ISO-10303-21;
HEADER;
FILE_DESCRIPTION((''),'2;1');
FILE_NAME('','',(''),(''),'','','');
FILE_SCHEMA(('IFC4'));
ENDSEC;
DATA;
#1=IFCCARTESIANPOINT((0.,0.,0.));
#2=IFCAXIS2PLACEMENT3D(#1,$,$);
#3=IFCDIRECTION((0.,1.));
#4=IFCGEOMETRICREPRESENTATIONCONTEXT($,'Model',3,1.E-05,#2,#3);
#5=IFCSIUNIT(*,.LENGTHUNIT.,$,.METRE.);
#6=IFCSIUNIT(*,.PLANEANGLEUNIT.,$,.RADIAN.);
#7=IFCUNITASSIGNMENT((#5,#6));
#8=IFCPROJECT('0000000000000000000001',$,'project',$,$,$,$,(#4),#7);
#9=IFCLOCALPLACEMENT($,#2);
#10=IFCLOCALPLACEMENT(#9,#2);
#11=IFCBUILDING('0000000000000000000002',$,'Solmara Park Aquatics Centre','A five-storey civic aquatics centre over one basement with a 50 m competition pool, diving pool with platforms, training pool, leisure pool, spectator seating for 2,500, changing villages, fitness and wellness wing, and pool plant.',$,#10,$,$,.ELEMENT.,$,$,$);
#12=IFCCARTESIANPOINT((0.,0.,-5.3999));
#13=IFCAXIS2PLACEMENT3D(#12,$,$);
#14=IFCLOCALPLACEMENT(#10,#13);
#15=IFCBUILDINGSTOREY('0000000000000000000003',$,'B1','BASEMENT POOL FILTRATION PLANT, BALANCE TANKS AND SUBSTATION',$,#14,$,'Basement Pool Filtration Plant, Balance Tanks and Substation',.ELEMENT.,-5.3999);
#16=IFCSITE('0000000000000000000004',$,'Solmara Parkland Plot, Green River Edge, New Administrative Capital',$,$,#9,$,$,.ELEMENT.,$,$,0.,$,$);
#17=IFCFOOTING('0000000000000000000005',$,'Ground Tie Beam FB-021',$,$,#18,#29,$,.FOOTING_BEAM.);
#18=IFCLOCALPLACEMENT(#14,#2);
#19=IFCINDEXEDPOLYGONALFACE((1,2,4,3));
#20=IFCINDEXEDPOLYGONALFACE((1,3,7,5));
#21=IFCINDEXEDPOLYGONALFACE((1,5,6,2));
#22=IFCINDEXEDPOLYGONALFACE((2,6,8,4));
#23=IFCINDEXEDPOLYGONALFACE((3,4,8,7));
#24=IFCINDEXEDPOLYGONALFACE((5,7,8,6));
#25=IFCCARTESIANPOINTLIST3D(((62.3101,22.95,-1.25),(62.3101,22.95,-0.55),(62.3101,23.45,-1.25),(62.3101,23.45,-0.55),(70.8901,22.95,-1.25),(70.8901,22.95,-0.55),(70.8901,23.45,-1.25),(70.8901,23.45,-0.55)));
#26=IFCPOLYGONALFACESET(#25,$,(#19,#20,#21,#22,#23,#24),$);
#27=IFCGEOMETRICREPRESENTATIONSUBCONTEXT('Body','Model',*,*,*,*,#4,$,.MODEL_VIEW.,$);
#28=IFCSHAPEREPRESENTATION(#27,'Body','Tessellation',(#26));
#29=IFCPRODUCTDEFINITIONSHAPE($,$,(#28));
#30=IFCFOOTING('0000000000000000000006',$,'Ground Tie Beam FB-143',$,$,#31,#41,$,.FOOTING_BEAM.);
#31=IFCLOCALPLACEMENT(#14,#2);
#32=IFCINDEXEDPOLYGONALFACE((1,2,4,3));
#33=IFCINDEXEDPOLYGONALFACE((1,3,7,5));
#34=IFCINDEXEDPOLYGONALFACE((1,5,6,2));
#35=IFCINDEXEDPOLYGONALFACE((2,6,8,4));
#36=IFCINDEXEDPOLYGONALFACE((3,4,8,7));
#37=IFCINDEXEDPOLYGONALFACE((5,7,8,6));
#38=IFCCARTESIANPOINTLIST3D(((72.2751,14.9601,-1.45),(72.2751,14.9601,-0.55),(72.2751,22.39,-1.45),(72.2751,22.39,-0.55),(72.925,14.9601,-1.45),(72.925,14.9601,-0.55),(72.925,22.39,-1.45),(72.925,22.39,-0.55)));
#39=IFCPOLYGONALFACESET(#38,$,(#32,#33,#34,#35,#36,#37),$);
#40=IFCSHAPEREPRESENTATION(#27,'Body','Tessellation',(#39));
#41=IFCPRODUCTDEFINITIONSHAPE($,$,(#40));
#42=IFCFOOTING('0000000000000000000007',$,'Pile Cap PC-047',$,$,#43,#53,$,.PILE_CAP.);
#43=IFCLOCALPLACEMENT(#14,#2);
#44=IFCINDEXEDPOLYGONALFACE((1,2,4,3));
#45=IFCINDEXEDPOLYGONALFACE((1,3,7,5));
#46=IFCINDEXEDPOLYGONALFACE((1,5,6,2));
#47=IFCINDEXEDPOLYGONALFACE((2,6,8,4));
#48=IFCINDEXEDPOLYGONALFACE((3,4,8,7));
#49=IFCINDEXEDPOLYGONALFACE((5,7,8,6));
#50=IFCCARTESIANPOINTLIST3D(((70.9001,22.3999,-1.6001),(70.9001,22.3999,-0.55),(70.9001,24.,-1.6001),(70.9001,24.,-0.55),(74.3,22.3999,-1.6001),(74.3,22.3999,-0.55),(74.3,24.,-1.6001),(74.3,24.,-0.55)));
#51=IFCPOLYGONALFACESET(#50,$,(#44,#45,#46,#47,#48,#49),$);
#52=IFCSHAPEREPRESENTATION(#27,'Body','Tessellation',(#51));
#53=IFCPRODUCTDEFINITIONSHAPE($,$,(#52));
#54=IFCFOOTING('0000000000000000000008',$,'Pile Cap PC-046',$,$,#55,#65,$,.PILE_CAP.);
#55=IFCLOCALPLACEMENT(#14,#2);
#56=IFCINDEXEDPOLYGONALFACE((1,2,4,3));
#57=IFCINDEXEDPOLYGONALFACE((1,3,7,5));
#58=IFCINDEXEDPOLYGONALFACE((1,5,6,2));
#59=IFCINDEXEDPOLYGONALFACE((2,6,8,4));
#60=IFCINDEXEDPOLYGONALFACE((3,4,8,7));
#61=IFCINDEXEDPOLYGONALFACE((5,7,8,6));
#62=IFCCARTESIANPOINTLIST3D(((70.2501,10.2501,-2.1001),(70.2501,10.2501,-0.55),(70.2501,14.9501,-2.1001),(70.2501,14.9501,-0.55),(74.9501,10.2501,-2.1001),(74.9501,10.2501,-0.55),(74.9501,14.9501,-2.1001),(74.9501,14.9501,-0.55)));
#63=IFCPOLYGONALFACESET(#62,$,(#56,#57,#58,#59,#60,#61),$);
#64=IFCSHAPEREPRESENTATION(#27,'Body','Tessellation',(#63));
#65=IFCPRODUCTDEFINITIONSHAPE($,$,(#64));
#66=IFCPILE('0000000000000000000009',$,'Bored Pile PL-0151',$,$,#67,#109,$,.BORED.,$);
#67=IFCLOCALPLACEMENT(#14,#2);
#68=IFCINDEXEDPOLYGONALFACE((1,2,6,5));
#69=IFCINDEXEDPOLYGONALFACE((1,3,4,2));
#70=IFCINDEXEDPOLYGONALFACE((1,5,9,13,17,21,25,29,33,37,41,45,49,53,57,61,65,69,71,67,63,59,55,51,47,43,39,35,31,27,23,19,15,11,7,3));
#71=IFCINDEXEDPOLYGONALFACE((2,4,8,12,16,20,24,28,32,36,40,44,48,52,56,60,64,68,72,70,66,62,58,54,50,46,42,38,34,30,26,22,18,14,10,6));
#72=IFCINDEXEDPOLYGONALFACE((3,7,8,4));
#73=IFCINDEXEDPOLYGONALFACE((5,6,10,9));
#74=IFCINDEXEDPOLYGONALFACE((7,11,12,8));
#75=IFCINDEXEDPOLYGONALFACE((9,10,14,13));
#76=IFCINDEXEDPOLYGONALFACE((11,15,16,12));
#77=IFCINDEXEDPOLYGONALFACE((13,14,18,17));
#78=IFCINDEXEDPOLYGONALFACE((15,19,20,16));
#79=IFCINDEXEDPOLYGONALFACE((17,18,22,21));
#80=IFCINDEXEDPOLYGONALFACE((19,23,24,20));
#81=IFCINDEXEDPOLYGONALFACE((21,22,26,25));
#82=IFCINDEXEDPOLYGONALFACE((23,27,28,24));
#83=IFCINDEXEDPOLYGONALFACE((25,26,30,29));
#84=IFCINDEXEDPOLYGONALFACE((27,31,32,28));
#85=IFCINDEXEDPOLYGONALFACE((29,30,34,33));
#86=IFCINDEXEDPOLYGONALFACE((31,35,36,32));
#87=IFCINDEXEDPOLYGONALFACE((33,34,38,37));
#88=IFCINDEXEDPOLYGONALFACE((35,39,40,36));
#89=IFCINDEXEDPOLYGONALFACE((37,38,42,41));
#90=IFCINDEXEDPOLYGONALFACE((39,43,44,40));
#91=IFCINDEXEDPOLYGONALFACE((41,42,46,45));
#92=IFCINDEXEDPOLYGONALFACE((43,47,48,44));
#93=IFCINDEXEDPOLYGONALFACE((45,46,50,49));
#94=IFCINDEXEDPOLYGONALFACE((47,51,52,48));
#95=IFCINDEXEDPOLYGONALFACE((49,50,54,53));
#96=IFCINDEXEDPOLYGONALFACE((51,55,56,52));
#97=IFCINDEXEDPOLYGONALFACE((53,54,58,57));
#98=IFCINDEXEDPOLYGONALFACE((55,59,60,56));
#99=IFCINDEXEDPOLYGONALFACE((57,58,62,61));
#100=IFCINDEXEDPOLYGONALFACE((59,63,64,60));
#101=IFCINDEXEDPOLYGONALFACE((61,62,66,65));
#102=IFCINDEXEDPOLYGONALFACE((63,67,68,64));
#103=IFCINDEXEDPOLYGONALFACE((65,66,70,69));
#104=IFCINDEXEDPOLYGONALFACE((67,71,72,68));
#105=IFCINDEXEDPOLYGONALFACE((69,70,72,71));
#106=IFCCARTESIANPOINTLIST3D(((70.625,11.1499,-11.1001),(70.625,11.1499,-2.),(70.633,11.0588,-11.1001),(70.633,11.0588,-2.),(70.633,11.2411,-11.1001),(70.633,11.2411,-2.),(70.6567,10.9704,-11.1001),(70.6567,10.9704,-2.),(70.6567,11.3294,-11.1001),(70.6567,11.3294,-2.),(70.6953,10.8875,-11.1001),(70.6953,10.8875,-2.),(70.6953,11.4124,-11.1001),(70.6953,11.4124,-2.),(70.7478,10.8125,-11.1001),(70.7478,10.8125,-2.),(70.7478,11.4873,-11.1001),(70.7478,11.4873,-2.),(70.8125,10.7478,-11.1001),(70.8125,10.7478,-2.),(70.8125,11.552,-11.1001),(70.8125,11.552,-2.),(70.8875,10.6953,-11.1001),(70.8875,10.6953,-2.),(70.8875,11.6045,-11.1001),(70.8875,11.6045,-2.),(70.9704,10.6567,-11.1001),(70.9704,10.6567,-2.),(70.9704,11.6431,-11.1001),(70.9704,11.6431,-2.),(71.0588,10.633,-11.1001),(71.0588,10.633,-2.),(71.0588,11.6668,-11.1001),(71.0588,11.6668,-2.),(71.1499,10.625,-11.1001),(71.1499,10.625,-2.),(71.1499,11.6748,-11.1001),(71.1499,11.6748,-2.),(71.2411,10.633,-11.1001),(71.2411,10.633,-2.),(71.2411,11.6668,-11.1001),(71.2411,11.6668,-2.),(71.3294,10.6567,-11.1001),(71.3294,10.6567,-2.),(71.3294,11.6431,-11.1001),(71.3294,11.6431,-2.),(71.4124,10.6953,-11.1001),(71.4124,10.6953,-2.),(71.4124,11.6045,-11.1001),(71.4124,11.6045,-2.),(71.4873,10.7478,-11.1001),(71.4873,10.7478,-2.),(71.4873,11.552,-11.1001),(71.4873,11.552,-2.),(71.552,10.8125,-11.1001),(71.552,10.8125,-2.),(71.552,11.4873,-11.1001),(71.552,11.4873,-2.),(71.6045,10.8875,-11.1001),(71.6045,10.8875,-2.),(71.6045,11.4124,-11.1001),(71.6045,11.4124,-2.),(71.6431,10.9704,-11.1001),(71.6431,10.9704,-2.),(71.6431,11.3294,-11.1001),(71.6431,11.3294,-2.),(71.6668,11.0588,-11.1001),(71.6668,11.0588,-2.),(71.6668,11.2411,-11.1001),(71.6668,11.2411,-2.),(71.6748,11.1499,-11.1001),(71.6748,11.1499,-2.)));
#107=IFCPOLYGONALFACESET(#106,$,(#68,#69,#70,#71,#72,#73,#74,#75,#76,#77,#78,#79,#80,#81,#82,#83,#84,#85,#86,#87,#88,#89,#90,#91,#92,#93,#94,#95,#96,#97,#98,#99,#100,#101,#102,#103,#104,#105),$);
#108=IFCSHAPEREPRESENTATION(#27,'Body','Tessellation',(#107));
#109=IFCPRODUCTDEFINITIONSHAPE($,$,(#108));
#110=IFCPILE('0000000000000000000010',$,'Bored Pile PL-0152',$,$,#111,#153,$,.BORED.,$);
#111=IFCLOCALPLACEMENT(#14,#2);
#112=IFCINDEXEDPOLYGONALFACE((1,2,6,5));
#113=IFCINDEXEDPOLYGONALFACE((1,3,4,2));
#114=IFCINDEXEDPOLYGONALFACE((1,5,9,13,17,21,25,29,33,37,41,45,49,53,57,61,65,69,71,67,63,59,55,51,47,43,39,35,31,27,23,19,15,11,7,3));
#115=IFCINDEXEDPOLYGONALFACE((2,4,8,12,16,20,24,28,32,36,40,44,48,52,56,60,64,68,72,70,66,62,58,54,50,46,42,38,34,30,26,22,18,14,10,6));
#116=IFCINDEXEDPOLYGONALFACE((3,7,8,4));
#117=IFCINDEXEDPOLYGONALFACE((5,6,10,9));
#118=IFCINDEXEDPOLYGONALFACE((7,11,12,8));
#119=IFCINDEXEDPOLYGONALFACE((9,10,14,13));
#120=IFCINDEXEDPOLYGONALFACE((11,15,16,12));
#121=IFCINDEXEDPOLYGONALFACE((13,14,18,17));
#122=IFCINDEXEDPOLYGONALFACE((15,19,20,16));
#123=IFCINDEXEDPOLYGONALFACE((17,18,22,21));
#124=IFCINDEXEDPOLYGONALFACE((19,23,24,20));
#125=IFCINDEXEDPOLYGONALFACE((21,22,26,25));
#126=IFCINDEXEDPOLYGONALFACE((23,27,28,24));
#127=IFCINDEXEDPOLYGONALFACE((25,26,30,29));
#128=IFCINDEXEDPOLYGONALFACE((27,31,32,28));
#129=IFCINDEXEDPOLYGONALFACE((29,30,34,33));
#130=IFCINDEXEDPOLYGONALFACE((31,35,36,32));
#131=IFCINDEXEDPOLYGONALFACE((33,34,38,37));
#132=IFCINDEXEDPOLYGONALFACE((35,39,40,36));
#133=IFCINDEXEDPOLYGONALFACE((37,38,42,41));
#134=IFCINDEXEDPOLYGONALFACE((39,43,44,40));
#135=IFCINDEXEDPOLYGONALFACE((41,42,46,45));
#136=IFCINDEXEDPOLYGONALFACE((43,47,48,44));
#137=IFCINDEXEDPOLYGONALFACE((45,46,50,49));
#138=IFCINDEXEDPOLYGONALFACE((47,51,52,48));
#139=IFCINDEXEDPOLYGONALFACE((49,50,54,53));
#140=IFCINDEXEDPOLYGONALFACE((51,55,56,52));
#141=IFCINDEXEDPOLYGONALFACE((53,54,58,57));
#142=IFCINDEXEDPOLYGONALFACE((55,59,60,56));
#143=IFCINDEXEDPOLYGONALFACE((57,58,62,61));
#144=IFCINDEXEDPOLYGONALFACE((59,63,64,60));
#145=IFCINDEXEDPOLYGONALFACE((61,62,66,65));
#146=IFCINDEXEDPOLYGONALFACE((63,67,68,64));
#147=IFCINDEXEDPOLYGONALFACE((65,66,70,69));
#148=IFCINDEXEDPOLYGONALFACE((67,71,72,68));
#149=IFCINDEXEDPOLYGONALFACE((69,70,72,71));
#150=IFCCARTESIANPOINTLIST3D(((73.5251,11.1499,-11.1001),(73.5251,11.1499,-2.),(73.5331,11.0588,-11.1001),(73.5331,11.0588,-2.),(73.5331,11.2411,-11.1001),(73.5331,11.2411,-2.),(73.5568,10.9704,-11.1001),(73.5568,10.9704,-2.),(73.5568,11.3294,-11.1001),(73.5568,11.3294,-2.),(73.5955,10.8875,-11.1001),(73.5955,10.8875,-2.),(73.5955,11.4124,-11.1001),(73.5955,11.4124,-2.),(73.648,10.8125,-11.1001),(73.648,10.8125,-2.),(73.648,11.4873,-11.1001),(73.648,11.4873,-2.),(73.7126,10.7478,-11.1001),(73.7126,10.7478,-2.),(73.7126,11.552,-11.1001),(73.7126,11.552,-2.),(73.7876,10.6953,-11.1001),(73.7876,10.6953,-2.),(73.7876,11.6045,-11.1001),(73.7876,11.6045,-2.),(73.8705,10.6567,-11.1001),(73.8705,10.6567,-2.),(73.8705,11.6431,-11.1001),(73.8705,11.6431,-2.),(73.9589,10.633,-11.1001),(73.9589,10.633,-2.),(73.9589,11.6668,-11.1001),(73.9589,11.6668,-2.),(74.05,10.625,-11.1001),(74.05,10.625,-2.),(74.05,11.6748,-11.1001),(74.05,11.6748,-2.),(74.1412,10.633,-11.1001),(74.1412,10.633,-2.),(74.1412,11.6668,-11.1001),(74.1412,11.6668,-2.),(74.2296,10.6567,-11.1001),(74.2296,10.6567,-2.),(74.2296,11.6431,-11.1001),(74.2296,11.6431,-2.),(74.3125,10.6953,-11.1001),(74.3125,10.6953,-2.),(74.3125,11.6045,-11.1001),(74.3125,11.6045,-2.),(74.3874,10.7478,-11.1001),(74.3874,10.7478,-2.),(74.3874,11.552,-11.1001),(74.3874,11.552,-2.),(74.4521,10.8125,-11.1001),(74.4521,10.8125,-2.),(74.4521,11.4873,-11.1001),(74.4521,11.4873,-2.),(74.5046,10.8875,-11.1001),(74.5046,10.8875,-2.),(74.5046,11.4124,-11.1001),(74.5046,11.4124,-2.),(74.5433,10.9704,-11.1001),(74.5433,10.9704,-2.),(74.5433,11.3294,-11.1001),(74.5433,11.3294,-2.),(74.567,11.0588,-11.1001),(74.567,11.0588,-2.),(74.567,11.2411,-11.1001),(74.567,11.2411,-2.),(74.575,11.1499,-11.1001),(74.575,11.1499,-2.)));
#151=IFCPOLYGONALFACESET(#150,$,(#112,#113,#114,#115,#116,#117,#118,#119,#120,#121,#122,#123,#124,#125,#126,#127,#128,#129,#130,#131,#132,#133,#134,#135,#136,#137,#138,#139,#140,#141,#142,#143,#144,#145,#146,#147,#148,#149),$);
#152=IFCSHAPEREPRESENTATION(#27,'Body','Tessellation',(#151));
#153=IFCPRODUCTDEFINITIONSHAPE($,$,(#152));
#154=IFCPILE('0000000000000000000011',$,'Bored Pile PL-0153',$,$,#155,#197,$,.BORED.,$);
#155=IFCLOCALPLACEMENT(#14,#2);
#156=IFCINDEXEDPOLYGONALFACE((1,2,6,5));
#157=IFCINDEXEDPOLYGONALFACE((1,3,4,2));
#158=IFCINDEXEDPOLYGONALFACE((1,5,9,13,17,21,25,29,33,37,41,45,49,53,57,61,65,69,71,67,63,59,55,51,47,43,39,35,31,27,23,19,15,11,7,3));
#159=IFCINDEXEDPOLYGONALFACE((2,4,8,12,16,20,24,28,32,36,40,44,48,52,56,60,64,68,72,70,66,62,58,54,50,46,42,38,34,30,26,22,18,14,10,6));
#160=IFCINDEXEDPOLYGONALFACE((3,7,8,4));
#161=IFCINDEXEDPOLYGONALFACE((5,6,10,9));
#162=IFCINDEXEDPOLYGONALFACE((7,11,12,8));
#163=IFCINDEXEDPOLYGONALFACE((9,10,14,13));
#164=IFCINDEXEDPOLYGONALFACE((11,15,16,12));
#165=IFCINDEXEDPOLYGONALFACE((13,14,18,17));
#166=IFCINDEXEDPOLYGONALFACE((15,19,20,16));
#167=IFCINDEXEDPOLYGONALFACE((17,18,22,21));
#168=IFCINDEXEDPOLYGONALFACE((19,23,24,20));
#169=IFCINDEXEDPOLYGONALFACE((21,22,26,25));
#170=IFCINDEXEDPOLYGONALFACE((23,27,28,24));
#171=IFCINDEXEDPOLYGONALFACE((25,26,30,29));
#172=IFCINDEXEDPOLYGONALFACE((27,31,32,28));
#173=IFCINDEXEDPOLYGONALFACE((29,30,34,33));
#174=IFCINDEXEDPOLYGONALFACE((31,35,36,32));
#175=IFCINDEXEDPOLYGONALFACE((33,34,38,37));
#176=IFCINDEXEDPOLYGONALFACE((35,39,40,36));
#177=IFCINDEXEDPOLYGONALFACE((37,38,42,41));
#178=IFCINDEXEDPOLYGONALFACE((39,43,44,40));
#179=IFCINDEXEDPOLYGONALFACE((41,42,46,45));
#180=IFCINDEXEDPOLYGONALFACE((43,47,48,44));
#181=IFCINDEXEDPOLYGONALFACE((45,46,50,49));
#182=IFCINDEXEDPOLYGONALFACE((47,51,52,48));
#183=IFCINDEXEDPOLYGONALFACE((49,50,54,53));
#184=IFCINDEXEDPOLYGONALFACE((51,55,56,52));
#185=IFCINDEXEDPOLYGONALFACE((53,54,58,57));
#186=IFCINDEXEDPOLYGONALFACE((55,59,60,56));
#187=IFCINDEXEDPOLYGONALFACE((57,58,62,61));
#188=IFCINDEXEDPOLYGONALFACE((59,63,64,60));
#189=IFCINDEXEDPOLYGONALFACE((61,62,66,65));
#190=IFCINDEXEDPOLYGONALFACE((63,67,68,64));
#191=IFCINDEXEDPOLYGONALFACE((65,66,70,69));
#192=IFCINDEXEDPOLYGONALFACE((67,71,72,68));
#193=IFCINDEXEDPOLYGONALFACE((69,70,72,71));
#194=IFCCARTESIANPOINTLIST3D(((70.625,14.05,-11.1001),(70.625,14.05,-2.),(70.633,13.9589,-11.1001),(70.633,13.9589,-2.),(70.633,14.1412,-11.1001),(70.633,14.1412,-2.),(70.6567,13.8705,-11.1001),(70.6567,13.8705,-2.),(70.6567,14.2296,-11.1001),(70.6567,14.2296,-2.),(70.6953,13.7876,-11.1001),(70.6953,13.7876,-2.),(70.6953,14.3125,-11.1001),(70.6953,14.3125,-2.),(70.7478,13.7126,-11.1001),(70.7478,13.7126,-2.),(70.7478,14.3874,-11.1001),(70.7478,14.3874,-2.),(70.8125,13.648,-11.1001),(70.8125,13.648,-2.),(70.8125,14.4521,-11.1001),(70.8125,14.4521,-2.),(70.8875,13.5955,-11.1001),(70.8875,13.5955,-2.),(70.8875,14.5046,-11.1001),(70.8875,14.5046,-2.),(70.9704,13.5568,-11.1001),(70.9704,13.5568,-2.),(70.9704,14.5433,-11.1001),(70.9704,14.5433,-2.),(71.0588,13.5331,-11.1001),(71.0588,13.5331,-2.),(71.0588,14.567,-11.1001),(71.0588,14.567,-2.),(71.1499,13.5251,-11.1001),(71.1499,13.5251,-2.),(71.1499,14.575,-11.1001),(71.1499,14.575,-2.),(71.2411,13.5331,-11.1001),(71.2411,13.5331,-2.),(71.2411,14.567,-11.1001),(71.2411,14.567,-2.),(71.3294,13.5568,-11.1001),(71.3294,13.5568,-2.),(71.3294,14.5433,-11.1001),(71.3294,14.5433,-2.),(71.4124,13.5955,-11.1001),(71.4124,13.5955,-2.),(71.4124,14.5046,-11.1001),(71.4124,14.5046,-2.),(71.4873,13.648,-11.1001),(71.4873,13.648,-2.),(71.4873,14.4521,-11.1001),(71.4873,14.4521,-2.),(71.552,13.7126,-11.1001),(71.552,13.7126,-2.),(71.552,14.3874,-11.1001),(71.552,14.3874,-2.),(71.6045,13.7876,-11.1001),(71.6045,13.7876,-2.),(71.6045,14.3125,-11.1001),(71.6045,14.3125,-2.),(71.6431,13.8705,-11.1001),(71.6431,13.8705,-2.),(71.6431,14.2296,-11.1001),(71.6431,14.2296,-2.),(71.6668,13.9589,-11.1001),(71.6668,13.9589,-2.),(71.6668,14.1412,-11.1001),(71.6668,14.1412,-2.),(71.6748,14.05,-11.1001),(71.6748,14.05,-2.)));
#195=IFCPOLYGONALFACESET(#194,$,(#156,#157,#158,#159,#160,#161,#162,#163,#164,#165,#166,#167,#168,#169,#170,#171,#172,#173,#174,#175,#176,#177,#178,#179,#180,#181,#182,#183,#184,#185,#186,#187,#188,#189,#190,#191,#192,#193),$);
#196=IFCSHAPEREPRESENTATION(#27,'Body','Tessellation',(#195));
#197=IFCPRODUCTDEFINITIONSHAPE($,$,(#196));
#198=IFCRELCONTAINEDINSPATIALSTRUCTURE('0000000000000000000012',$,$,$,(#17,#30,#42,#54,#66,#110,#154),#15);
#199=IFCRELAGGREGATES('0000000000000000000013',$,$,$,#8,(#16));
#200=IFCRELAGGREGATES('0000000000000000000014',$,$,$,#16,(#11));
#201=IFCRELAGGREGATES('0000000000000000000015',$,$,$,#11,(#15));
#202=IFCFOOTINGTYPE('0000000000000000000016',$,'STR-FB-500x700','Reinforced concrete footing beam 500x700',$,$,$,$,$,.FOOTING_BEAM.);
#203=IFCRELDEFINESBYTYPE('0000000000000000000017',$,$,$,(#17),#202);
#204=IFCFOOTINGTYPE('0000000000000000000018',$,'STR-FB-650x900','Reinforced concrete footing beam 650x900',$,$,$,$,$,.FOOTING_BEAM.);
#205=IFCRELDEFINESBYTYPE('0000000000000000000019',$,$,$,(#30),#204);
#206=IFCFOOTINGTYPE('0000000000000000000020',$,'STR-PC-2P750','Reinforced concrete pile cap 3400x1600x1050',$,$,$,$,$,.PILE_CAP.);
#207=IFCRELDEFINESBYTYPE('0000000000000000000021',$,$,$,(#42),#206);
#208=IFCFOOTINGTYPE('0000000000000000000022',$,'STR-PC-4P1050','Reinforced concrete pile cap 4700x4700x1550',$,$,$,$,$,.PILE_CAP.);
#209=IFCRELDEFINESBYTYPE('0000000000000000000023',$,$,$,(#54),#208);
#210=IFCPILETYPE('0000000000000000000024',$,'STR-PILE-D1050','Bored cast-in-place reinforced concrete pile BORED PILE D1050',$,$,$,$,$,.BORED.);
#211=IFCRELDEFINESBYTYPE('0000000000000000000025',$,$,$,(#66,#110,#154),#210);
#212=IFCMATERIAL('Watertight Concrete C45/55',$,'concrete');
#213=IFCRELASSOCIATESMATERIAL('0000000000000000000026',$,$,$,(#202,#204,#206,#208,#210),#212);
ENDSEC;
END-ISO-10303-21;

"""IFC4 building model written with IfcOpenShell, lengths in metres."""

from ifc_helpers import new_model, si_unit, direction, frame, origin, origin_2d, place, context, subcontext, project, spatial, rectangle, circle, extrude, material, material_profile, profile_set, type_object, element, save


model = new_model("IFC4")

# Units and contexts
model_context = context("Model", 3, precision=1e-05, world=origin(), true_north=direction((0.0, 1.0)))
body_context = subcontext(model_context, "Body", "Model", "MODEL_VIEW")
ifc_project = project(units=[si_unit("LENGTHUNIT", "METRE"), si_unit("PLANEANGLEUNIT", "RADIAN")], contexts=[model_context])

# Site, building, storey
site_placement = place(None, origin())
site = spatial("IfcSite", under=ifc_project, at=site_placement, Name="Solmara Parkland Plot, Green River Edge, New Administrative Capital", CompositionType="ELEMENT", RefElevation=0.0)
building_placement = place(site_placement, origin())
building = spatial("IfcBuilding", under=site, at=building_placement, Name="Solmara Park Aquatics Centre", Description="A five-storey civic aquatics centre over one basement with a 50 m competition pool, diving pool with platforms, training pool, leisure pool, spectator seating for 2,500, changing villages, fitness and wellness wing, and pool plant.", CompositionType="ELEMENT")
storey_placement = place(building_placement, frame((0.0, 0.0, -5.3999)))
storey = spatial("IfcBuildingStorey", under=building, at=storey_placement, Name="B1", Description="BASEMENT POOL FILTRATION PLANT, BALANCE TANKS AND SUBSTATION", LongName="Basement Pool Filtration Plant, Balance Tanks and Substation", CompositionType="ELEMENT", Elevation=-5.3999)

# Footings
ifc_material_1 = material(Name="Watertight Concrete C45/55", Category="concrete")
footing_type_1 = type_object("IfcFootingType", Name="STR-FB-500x700", Description="Reinforced concrete footing beam 500x700", PredefinedType="FOOTING_BEAM", material=ifc_material_1)
footing_1_placement = place(storey_placement, frame((66.6001, 23.2, -1.25), z_axis=(0.0, 0.0, 1.0), x_axis=(1.0, 0.0, 0.0)))
element("IfcFooting", 1, at=footing_1_placement, inside=storey, type_object=footing_type_1, Name="Ground Tie Beam FB-021", PredefinedType="FOOTING_BEAM", context=body_context, shape_type="SweptSolid", body=[
    extrude(rectangle(XDim=8.5801, YDim=0.5, at=origin_2d()), origin(), (0.0, 0.0, 1.0), 0.7),
])
footing_type_2 = type_object("IfcFootingType", Name="STR-FB-650x900", Description="Reinforced concrete footing beam 650x900", PredefinedType="FOOTING_BEAM", material=ifc_material_1)
footing_2_placement = place(storey_placement, frame((72.6001, 18.675, -1.45), z_axis=(0.0, 0.0, 1.0), x_axis=(1.0, 0.0, 0.0)))
element("IfcFooting", 2, at=footing_2_placement, inside=storey, type_object=footing_type_2, Name="Ground Tie Beam FB-143", PredefinedType="FOOTING_BEAM", context=body_context, shape_type="SweptSolid", body=[
    extrude(rectangle(XDim=0.6499, YDim=7.4299, at=origin_2d()), origin(), (0.0, 0.0, 1.0), 0.8999),
])
footing_type_3 = type_object("IfcFootingType", Name="STR-PC-2P750", Description="Reinforced concrete pile cap 3400x1600x1050", PredefinedType="PILE_CAP", material=ifc_material_1)
footing_3_placement = place(storey_placement, frame((72.6001, 23.2, -1.6001), z_axis=(0.0, 0.0, 1.0), x_axis=(1.0, 0.0, 0.0)))
element("IfcFooting", 3, at=footing_3_placement, inside=storey, type_object=footing_type_3, Name="Pile Cap PC-047", PredefinedType="PILE_CAP", context=body_context, shape_type="SweptSolid", body=[
    extrude(rectangle(XDim=3.3999, YDim=1.6001, at=origin_2d()), origin(), (0.0, 0.0, 1.0), 1.05),
])
footing_type_4 = type_object("IfcFootingType", Name="STR-PC-4P1050", Description="Reinforced concrete pile cap 4700x4700x1550", PredefinedType="PILE_CAP", material=ifc_material_1)
footing_4_placement = place(storey_placement, frame((72.6001, 12.6001, -2.1001), z_axis=(0.0, 0.0, 1.0), x_axis=(1.0, 0.0, 0.0)))
element("IfcFooting", 4, at=footing_4_placement, inside=storey, type_object=footing_type_4, Name="Pile Cap PC-046", PredefinedType="PILE_CAP", context=body_context, shape_type="SweptSolid", body=[
    extrude(rectangle(XDim=4.7, YDim=4.7, at=origin_2d()), origin(), (0.0, 0.0, 1.0), 1.55),
])

# Piles
ifc_material_profile_1 = material_profile(ifc_material_1, circle(Radius=0.5249, at=origin_2d()), Name="BORED PILE D1050")
ifc_profile_set_1 = profile_set([ifc_material_profile_1], Name="Watertight Concrete C45/55")
pile_type_1 = type_object("IfcPileType", Name="STR-PILE-D1050", Description="Bored cast-in-place reinforced concrete pile BORED PILE D1050", PredefinedType="BORED", material=ifc_profile_set_1)
for number, where, z_axis, x_axis, name in (
    (5, (71.1499, 11.1499, -2.0), (0.0, 0.0, -1.0), (1.0, 0.0, 0.0), "Bored Pile PL-0151"),
    (6, (74.05, 11.1499, -2.0), (0.0, 0.0, -1.0), (1.0, 0.0, 0.0), "Bored Pile PL-0152"),
    (7, (71.1499, 14.05, -2.0), (0.0, 0.0, -1.0), (1.0, 0.0, 0.0), "Bored Pile PL-0153"),
):
    element("IfcPile", number, at=place(storey_placement, frame(where, z_axis=z_axis, x_axis=x_axis)), inside=storey, type_object=pile_type_1, Name=name, PredefinedType="BORED", context=body_context, shape_type="SweptSolid", body=[
        extrude(circle(Radius=0.5249, at=origin_2d()), origin(), (0.0, 0.0, 1.0), 9.1001),
    ])

save(model, "model.ifc")
